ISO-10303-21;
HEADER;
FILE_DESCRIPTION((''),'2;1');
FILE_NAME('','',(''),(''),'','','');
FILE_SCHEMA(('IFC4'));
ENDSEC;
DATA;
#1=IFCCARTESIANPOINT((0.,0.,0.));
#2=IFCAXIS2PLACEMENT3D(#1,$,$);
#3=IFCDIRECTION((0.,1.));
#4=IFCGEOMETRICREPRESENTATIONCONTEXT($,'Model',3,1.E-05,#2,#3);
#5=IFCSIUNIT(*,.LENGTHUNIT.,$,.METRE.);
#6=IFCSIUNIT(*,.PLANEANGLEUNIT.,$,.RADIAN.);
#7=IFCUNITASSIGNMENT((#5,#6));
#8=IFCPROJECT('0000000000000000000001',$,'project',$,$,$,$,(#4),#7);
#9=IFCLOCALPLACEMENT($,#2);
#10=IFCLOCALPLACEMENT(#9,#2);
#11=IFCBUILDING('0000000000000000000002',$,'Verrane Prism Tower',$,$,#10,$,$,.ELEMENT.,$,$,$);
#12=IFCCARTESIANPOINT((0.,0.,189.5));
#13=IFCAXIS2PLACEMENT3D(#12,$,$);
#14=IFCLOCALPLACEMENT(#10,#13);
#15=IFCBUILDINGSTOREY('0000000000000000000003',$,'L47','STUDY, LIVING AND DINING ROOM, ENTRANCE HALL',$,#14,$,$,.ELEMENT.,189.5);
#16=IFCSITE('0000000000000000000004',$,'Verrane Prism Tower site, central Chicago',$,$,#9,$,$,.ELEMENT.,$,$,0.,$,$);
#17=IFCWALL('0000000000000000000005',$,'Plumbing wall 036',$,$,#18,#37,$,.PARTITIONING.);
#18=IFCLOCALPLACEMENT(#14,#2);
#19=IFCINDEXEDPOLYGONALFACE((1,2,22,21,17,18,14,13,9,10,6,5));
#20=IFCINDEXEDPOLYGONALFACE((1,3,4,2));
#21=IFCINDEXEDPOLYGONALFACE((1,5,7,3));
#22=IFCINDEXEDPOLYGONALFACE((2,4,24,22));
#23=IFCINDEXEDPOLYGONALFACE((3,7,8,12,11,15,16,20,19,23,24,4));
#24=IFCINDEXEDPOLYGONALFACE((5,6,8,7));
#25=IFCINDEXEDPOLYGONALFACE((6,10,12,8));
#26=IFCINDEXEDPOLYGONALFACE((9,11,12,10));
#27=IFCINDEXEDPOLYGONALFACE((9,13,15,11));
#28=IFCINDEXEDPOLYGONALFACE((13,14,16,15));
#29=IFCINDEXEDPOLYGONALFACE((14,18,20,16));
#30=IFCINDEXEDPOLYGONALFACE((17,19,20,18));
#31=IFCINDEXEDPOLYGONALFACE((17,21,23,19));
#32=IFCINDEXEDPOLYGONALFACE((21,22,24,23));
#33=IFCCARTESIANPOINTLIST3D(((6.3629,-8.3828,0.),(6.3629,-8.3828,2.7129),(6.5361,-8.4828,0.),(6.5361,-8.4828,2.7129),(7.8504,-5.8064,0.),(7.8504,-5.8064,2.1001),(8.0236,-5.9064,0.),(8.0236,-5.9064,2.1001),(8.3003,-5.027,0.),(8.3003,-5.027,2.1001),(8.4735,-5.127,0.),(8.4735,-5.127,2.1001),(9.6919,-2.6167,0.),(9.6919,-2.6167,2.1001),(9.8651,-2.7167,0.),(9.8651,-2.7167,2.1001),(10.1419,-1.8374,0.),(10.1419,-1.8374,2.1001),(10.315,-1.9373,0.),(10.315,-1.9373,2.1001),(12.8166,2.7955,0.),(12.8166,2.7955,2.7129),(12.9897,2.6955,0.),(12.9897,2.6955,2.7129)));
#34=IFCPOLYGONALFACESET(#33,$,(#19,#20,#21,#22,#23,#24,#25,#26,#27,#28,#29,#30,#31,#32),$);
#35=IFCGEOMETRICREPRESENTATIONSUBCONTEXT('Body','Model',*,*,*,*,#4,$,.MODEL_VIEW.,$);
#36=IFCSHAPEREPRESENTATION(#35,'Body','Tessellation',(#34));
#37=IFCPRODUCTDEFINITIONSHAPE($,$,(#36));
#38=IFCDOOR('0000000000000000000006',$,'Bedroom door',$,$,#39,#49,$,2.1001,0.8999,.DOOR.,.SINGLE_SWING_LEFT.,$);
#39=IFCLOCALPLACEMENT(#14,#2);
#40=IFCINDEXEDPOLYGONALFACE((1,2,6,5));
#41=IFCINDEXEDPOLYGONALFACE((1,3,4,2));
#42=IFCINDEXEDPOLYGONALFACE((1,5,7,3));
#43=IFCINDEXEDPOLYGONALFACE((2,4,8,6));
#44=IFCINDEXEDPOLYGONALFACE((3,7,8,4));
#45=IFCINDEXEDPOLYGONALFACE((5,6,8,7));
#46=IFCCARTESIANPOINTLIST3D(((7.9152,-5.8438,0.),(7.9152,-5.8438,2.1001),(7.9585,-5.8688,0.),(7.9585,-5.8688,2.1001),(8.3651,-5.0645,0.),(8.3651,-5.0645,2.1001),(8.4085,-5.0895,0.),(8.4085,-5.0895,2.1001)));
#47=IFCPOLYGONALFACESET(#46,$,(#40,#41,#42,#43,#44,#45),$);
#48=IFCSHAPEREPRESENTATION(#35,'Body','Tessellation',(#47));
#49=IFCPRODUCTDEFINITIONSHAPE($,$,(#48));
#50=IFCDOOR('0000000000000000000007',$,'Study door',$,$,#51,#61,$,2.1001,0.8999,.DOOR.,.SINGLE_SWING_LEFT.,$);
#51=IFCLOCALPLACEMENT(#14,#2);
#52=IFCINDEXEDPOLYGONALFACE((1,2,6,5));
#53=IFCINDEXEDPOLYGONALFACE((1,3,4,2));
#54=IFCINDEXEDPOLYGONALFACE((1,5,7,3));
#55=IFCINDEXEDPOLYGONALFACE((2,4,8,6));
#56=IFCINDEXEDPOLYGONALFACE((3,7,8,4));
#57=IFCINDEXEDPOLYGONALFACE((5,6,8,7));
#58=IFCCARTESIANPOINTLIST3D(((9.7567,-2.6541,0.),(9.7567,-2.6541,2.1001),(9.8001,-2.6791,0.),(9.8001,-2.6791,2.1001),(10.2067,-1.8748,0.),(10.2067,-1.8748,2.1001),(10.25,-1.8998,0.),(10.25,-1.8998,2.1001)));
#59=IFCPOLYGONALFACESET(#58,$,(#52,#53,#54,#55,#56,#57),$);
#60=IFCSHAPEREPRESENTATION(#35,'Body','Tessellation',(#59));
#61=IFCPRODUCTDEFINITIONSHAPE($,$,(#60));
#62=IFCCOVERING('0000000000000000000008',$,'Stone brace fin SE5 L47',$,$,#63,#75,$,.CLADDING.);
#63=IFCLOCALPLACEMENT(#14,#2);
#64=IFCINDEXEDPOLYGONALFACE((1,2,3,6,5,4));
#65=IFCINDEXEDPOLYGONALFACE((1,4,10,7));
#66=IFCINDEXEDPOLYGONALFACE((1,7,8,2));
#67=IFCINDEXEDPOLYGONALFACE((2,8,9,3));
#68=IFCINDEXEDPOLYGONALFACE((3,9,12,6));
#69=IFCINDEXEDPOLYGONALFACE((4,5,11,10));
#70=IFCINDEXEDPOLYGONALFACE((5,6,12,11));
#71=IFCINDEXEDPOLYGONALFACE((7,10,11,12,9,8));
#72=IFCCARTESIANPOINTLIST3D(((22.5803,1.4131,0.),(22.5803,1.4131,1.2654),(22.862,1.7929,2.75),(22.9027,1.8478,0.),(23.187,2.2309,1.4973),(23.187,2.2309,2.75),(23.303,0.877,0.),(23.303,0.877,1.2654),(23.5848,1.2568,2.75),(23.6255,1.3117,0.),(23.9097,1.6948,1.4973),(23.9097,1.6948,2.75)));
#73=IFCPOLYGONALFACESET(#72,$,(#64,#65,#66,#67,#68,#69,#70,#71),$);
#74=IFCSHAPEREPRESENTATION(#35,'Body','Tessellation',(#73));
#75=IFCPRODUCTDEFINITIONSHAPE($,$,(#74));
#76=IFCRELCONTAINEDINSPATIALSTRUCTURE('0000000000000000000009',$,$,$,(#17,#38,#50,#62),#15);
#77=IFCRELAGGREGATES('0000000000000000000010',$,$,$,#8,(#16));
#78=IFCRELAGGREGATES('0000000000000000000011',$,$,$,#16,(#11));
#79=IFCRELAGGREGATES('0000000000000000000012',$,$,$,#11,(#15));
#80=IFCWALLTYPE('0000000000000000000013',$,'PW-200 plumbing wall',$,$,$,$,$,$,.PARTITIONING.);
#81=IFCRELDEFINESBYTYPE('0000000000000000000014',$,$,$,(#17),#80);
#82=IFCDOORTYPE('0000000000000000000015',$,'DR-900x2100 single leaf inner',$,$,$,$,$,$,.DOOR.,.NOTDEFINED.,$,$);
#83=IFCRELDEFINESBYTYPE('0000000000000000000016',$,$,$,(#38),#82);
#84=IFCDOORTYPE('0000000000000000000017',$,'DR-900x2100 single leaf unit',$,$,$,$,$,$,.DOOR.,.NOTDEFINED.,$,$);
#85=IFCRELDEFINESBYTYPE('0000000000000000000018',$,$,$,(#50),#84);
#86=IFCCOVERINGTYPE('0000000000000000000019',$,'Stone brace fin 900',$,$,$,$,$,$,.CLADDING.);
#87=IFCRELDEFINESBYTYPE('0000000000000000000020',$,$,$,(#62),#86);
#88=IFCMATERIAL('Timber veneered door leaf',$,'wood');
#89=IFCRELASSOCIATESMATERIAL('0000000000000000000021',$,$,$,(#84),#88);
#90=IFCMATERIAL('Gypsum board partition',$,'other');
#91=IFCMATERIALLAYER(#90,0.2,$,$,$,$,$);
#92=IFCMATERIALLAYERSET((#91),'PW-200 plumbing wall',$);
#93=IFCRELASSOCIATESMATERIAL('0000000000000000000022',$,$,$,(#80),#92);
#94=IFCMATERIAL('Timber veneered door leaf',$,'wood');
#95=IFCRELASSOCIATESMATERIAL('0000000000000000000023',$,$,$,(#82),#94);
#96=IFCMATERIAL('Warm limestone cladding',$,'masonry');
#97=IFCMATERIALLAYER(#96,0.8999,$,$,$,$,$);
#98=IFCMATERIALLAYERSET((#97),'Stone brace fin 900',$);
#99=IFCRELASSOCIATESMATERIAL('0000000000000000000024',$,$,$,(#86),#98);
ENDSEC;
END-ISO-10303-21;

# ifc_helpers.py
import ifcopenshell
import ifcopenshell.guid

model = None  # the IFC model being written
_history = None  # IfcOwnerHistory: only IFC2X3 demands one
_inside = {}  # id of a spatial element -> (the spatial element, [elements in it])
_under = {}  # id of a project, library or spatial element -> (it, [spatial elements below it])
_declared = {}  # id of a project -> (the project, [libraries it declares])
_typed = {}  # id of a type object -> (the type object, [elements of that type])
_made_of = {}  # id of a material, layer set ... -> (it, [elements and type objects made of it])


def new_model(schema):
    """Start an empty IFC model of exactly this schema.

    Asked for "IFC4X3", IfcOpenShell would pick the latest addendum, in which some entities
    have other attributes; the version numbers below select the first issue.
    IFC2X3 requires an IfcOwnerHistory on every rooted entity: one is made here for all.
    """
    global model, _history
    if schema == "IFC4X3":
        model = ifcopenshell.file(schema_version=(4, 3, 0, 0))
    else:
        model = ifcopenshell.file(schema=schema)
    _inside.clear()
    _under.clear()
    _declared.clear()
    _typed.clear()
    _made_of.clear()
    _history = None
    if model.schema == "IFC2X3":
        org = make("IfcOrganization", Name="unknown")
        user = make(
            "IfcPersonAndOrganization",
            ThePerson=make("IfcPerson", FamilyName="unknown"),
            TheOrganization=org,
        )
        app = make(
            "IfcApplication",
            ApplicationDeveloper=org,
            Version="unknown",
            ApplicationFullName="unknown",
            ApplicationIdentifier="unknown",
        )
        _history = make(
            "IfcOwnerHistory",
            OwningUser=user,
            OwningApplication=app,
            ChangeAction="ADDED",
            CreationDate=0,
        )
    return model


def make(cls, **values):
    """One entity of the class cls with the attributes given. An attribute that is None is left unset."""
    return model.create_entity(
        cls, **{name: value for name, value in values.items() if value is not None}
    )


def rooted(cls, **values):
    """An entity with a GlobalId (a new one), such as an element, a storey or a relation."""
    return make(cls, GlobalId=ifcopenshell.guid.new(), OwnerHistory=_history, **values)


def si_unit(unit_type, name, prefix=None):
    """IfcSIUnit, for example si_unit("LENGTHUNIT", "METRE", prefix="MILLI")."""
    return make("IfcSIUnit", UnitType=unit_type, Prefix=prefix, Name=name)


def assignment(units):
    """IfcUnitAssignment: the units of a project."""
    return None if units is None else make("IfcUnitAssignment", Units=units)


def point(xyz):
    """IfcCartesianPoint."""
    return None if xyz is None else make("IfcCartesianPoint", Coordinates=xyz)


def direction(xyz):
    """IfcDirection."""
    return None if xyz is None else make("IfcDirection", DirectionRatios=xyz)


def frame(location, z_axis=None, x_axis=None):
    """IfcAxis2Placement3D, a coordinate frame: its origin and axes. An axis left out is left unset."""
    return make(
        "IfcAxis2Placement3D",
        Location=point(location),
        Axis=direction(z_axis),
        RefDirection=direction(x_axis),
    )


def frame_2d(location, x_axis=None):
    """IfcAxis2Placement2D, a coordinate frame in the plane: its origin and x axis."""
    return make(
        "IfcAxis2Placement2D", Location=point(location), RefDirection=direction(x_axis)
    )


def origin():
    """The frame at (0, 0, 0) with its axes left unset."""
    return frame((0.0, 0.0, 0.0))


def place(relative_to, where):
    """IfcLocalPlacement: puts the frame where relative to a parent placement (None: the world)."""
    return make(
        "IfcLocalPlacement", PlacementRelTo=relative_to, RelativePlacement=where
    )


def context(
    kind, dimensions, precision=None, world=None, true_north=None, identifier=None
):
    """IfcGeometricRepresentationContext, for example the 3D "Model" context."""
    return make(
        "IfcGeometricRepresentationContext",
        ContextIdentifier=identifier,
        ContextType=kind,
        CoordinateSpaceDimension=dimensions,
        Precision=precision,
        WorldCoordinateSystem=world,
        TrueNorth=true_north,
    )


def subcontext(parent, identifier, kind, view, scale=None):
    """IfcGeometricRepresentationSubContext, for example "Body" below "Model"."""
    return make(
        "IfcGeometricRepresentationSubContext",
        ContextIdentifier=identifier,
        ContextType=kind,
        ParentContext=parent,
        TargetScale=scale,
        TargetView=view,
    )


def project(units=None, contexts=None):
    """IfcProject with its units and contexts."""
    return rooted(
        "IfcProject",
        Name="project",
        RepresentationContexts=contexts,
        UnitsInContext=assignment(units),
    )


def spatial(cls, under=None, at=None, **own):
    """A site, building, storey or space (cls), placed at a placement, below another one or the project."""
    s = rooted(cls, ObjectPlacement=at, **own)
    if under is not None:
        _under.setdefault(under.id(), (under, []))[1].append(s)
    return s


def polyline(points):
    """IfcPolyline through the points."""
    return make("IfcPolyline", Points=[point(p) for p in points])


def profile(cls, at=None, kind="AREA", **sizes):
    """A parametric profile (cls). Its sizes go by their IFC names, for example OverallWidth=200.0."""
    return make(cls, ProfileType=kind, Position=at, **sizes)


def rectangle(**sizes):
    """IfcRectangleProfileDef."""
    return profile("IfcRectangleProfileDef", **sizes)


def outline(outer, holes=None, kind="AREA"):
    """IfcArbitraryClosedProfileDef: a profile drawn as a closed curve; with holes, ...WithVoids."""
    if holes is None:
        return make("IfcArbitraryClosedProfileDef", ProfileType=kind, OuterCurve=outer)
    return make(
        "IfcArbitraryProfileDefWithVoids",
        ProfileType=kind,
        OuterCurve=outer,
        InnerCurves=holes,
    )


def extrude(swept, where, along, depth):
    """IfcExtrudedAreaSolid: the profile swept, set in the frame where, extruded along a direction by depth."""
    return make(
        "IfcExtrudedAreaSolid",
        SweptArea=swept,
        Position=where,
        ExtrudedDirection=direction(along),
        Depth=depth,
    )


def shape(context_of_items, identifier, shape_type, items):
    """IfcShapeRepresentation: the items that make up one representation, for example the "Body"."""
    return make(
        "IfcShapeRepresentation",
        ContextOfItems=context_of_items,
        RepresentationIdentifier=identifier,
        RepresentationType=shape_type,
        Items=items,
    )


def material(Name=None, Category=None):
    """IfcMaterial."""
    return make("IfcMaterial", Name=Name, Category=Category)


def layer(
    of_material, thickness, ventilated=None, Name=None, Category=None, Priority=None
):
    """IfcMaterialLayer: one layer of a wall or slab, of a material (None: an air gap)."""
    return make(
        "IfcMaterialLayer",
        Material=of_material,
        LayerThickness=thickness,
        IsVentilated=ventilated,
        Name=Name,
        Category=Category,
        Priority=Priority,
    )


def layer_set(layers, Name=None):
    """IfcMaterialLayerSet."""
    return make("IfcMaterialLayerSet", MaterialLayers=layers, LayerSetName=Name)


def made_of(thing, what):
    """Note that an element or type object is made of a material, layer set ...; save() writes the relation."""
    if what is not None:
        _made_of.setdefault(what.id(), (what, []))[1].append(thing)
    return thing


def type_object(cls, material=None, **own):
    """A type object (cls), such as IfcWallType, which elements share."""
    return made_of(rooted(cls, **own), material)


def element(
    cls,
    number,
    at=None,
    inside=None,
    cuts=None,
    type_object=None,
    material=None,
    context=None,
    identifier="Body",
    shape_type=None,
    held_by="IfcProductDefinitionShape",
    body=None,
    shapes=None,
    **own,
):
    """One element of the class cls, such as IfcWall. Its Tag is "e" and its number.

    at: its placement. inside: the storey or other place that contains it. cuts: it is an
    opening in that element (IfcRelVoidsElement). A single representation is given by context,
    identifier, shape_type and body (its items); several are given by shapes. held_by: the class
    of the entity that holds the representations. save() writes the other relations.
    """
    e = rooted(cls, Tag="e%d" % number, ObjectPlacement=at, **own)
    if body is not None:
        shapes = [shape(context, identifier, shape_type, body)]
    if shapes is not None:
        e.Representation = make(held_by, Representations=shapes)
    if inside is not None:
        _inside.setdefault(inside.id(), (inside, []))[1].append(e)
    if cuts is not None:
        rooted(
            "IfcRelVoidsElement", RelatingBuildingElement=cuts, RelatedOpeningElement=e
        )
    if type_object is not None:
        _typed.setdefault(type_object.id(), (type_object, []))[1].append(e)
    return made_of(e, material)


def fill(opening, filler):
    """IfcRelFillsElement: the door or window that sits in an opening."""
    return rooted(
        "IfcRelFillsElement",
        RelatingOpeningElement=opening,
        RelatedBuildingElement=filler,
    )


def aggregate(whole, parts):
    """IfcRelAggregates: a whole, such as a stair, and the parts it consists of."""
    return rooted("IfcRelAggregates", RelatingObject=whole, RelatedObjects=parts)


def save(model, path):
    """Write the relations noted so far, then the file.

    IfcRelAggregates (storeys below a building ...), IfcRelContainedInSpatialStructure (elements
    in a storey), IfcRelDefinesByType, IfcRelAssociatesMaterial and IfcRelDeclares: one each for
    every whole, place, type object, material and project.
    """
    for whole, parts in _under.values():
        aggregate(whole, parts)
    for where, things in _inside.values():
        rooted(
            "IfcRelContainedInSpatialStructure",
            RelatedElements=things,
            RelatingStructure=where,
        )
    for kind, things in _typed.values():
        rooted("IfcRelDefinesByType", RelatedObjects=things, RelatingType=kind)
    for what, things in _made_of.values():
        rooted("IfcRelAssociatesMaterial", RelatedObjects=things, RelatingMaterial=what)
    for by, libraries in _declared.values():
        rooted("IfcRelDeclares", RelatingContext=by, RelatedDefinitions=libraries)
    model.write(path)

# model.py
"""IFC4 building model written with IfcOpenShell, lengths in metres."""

from ifc_helpers import new_model, si_unit, direction, frame, frame_2d, origin, place, context, subcontext, project, spatial, polyline, rectangle, outline, extrude, material, layer, layer_set, type_object, element, fill, save


model = new_model("IFC4")

# Units and contexts
model_context = context("Model", 3, precision=1e-05, world=origin(), true_north=direction((0.0, 1.0)))
body_context = subcontext(model_context, "Body", "Model", "MODEL_VIEW")
ifc_project = project(units=[si_unit("LENGTHUNIT", "METRE"), si_unit("PLANEANGLEUNIT", "RADIAN")], contexts=[model_context])

# Site, building, storey
site_placement = place(None, origin())
site = spatial("IfcSite", under=ifc_project, at=site_placement, Name="Verrane Prism Tower site, central Chicago", CompositionType="ELEMENT", RefElevation=0.0)
building_placement = place(site_placement, origin())
building = spatial("IfcBuilding", under=site, at=building_placement, Name="Verrane Prism Tower", CompositionType="ELEMENT")
storey_placement = place(building_placement, frame((0.0, 0.0, 189.5)))
storey = spatial("IfcBuildingStorey", under=building, at=storey_placement, Name="L47", Description="STUDY, LIVING AND DINING ROOM, ENTRANCE HALL", CompositionType="ELEMENT", Elevation=189.5)

# Shared definitions
ifc_material_1 = material(Name="Timber veneered door leaf", Category="wood")
door_type_1 = type_object("IfcDoorType", Name="DR-900x2100 single leaf unit", OperationType="NOTDEFINED", PredefinedType="DOOR", material=ifc_material_1)

# Wall, openings, doors
ifc_material_2 = material(Name="Gypsum board partition", Category="other")
ifc_layer_1 = layer(ifc_material_2, 0.2)
ifc_layer_set_1 = layer_set([ifc_layer_1], Name="PW-200 plumbing wall")
wall_type_1 = type_object("IfcWallType", Name="PW-200 plumbing wall", PredefinedType="PARTITIONING", material=ifc_layer_set_1)
wall_1_placement = place(storey_placement, frame((12.9031, 2.7454, 0.0), z_axis=(0.0, 0.0, 1.0), x_axis=(-0.499992, -0.86603, 0.0)))
wall_1 = element("IfcWall", 1, at=wall_1_placement, inside=storey, type_object=wall_type_1, Name="Plumbing wall 036", PredefinedType="PARTITIONING", context=body_context, shape_type="SweptSolid", body=[
    extrude(rectangle(XDim=12.9075, YDim=0.2, at=frame_2d((6.4536, 0.0))), origin(), (0.0, 0.0, 1.0), 2.7129),
])
opening_1_placement = place(wall_1_placement, frame((9.0325, 0.0, 0.0)))
opening_1 = element("IfcOpeningElement", 2, at=opening_1_placement, cuts=wall_1, PredefinedType="OPENING", context=body_context, shape_type="SweptSolid", body=[
    extrude(rectangle(XDim=0.8999, YDim=2.1001, at=frame_2d((0.45, 1.05))), frame((0.0, 0.1099, 0.0), z_axis=(0.0, -1.0, 0.0), x_axis=(1.0, 0.0, 0.0)), (0.0, 0.0, 1.0), 0.22),
])
opening_2_placement = place(wall_1_placement, frame((5.3494, 0.0, 0.0)))
opening_2 = element("IfcOpeningElement", 3, at=opening_2_placement, cuts=wall_1, PredefinedType="OPENING", context=body_context, shape_type="SweptSolid", body=[
    extrude(rectangle(XDim=0.8999, YDim=2.1001, at=frame_2d((0.45, 1.05))), frame((0.0, 0.1099, 0.0), z_axis=(0.0, -1.0, 0.0), x_axis=(1.0, 0.0, 0.0)), (0.0, 0.0, 1.0), 0.22),
])
ifc_material_3 = material(Name="Timber veneered door leaf", Category="wood")
door_type_2 = type_object("IfcDoorType", Name="DR-900x2100 single leaf inner", OperationType="NOTDEFINED", PredefinedType="DOOR", material=ifc_material_3)
door_1_placement = place(opening_1_placement, origin())
door_1 = element("IfcDoor", 4, at=door_1_placement, inside=storey, type_object=door_type_2, Name="Bedroom door", OperationType="SINGLE_SWING_LEFT", OverallHeight=2.1001, OverallWidth=0.8999, PredefinedType="DOOR", context=body_context, shape_type="SweptSolid", body=[
    extrude(rectangle(XDim=0.8999, YDim=2.1001, at=frame_2d((0.45, 1.05))), frame((0.0, 0.0249, 0.0), z_axis=(0.0, -1.0, 0.0), x_axis=(1.0, 0.0, 0.0)), (0.0, 0.0, 1.0), 0.05),
])
fill(opening_1, door_1)
door_2_placement = place(opening_2_placement, origin())
door_2 = element("IfcDoor", 5, at=door_2_placement, inside=storey, type_object=door_type_1, Name="Study door", OperationType="SINGLE_SWING_LEFT", OverallHeight=2.1001, OverallWidth=0.8999, PredefinedType="DOOR", context=body_context, shape_type="SweptSolid", body=[
    extrude(rectangle(XDim=0.8999, YDim=2.1001, at=frame_2d((0.45, 1.05))), frame((0.0, 0.0249, 0.0), z_axis=(0.0, -1.0, 0.0), x_axis=(1.0, 0.0, 0.0)), (0.0, 0.0, 1.0), 0.05),
])
fill(opening_2, door_2)

# Covering
ifc_material_4 = material(Name="Warm limestone cladding", Category="masonry")
ifc_layer_2 = layer(ifc_material_4, 0.8999)
ifc_layer_set_2 = layer_set([ifc_layer_2], Name="Stone brace fin 900")
covering_type = type_object("IfcCoveringType", Name="Stone brace fin 900", PredefinedType="CLADDING", material=ifc_layer_set_2)
covering_placement = place(storey_placement, frame((22.9417, 1.145, 0.0), z_axis=(0.0, 0.0, 1.0), x_axis=(0.595772, 0.803154, 0.0)))
element("IfcCovering", 6, at=covering_placement, inside=storey, type_object=covering_type, Name="Stone brace fin SE5 L47", PredefinedType="CLADDING", context=body_context, shape_type="SweptSolid", body=[
    extrude(outline(polyline([(1.0183, 2.75), (0.4729, 2.75), (0.0, 1.2654), (0.0, 0.0), (0.5413, 0.0), (1.0183, 1.4973), (1.0183, 2.75)])), frame((0.0, 0.45, 0.0), z_axis=(0.0, -1.0, 0.0), x_axis=(1.0, 0.0, 0.0)), (0.0, 0.0, 1.0), 0.8999),
])

save(model, "model.ifc")
